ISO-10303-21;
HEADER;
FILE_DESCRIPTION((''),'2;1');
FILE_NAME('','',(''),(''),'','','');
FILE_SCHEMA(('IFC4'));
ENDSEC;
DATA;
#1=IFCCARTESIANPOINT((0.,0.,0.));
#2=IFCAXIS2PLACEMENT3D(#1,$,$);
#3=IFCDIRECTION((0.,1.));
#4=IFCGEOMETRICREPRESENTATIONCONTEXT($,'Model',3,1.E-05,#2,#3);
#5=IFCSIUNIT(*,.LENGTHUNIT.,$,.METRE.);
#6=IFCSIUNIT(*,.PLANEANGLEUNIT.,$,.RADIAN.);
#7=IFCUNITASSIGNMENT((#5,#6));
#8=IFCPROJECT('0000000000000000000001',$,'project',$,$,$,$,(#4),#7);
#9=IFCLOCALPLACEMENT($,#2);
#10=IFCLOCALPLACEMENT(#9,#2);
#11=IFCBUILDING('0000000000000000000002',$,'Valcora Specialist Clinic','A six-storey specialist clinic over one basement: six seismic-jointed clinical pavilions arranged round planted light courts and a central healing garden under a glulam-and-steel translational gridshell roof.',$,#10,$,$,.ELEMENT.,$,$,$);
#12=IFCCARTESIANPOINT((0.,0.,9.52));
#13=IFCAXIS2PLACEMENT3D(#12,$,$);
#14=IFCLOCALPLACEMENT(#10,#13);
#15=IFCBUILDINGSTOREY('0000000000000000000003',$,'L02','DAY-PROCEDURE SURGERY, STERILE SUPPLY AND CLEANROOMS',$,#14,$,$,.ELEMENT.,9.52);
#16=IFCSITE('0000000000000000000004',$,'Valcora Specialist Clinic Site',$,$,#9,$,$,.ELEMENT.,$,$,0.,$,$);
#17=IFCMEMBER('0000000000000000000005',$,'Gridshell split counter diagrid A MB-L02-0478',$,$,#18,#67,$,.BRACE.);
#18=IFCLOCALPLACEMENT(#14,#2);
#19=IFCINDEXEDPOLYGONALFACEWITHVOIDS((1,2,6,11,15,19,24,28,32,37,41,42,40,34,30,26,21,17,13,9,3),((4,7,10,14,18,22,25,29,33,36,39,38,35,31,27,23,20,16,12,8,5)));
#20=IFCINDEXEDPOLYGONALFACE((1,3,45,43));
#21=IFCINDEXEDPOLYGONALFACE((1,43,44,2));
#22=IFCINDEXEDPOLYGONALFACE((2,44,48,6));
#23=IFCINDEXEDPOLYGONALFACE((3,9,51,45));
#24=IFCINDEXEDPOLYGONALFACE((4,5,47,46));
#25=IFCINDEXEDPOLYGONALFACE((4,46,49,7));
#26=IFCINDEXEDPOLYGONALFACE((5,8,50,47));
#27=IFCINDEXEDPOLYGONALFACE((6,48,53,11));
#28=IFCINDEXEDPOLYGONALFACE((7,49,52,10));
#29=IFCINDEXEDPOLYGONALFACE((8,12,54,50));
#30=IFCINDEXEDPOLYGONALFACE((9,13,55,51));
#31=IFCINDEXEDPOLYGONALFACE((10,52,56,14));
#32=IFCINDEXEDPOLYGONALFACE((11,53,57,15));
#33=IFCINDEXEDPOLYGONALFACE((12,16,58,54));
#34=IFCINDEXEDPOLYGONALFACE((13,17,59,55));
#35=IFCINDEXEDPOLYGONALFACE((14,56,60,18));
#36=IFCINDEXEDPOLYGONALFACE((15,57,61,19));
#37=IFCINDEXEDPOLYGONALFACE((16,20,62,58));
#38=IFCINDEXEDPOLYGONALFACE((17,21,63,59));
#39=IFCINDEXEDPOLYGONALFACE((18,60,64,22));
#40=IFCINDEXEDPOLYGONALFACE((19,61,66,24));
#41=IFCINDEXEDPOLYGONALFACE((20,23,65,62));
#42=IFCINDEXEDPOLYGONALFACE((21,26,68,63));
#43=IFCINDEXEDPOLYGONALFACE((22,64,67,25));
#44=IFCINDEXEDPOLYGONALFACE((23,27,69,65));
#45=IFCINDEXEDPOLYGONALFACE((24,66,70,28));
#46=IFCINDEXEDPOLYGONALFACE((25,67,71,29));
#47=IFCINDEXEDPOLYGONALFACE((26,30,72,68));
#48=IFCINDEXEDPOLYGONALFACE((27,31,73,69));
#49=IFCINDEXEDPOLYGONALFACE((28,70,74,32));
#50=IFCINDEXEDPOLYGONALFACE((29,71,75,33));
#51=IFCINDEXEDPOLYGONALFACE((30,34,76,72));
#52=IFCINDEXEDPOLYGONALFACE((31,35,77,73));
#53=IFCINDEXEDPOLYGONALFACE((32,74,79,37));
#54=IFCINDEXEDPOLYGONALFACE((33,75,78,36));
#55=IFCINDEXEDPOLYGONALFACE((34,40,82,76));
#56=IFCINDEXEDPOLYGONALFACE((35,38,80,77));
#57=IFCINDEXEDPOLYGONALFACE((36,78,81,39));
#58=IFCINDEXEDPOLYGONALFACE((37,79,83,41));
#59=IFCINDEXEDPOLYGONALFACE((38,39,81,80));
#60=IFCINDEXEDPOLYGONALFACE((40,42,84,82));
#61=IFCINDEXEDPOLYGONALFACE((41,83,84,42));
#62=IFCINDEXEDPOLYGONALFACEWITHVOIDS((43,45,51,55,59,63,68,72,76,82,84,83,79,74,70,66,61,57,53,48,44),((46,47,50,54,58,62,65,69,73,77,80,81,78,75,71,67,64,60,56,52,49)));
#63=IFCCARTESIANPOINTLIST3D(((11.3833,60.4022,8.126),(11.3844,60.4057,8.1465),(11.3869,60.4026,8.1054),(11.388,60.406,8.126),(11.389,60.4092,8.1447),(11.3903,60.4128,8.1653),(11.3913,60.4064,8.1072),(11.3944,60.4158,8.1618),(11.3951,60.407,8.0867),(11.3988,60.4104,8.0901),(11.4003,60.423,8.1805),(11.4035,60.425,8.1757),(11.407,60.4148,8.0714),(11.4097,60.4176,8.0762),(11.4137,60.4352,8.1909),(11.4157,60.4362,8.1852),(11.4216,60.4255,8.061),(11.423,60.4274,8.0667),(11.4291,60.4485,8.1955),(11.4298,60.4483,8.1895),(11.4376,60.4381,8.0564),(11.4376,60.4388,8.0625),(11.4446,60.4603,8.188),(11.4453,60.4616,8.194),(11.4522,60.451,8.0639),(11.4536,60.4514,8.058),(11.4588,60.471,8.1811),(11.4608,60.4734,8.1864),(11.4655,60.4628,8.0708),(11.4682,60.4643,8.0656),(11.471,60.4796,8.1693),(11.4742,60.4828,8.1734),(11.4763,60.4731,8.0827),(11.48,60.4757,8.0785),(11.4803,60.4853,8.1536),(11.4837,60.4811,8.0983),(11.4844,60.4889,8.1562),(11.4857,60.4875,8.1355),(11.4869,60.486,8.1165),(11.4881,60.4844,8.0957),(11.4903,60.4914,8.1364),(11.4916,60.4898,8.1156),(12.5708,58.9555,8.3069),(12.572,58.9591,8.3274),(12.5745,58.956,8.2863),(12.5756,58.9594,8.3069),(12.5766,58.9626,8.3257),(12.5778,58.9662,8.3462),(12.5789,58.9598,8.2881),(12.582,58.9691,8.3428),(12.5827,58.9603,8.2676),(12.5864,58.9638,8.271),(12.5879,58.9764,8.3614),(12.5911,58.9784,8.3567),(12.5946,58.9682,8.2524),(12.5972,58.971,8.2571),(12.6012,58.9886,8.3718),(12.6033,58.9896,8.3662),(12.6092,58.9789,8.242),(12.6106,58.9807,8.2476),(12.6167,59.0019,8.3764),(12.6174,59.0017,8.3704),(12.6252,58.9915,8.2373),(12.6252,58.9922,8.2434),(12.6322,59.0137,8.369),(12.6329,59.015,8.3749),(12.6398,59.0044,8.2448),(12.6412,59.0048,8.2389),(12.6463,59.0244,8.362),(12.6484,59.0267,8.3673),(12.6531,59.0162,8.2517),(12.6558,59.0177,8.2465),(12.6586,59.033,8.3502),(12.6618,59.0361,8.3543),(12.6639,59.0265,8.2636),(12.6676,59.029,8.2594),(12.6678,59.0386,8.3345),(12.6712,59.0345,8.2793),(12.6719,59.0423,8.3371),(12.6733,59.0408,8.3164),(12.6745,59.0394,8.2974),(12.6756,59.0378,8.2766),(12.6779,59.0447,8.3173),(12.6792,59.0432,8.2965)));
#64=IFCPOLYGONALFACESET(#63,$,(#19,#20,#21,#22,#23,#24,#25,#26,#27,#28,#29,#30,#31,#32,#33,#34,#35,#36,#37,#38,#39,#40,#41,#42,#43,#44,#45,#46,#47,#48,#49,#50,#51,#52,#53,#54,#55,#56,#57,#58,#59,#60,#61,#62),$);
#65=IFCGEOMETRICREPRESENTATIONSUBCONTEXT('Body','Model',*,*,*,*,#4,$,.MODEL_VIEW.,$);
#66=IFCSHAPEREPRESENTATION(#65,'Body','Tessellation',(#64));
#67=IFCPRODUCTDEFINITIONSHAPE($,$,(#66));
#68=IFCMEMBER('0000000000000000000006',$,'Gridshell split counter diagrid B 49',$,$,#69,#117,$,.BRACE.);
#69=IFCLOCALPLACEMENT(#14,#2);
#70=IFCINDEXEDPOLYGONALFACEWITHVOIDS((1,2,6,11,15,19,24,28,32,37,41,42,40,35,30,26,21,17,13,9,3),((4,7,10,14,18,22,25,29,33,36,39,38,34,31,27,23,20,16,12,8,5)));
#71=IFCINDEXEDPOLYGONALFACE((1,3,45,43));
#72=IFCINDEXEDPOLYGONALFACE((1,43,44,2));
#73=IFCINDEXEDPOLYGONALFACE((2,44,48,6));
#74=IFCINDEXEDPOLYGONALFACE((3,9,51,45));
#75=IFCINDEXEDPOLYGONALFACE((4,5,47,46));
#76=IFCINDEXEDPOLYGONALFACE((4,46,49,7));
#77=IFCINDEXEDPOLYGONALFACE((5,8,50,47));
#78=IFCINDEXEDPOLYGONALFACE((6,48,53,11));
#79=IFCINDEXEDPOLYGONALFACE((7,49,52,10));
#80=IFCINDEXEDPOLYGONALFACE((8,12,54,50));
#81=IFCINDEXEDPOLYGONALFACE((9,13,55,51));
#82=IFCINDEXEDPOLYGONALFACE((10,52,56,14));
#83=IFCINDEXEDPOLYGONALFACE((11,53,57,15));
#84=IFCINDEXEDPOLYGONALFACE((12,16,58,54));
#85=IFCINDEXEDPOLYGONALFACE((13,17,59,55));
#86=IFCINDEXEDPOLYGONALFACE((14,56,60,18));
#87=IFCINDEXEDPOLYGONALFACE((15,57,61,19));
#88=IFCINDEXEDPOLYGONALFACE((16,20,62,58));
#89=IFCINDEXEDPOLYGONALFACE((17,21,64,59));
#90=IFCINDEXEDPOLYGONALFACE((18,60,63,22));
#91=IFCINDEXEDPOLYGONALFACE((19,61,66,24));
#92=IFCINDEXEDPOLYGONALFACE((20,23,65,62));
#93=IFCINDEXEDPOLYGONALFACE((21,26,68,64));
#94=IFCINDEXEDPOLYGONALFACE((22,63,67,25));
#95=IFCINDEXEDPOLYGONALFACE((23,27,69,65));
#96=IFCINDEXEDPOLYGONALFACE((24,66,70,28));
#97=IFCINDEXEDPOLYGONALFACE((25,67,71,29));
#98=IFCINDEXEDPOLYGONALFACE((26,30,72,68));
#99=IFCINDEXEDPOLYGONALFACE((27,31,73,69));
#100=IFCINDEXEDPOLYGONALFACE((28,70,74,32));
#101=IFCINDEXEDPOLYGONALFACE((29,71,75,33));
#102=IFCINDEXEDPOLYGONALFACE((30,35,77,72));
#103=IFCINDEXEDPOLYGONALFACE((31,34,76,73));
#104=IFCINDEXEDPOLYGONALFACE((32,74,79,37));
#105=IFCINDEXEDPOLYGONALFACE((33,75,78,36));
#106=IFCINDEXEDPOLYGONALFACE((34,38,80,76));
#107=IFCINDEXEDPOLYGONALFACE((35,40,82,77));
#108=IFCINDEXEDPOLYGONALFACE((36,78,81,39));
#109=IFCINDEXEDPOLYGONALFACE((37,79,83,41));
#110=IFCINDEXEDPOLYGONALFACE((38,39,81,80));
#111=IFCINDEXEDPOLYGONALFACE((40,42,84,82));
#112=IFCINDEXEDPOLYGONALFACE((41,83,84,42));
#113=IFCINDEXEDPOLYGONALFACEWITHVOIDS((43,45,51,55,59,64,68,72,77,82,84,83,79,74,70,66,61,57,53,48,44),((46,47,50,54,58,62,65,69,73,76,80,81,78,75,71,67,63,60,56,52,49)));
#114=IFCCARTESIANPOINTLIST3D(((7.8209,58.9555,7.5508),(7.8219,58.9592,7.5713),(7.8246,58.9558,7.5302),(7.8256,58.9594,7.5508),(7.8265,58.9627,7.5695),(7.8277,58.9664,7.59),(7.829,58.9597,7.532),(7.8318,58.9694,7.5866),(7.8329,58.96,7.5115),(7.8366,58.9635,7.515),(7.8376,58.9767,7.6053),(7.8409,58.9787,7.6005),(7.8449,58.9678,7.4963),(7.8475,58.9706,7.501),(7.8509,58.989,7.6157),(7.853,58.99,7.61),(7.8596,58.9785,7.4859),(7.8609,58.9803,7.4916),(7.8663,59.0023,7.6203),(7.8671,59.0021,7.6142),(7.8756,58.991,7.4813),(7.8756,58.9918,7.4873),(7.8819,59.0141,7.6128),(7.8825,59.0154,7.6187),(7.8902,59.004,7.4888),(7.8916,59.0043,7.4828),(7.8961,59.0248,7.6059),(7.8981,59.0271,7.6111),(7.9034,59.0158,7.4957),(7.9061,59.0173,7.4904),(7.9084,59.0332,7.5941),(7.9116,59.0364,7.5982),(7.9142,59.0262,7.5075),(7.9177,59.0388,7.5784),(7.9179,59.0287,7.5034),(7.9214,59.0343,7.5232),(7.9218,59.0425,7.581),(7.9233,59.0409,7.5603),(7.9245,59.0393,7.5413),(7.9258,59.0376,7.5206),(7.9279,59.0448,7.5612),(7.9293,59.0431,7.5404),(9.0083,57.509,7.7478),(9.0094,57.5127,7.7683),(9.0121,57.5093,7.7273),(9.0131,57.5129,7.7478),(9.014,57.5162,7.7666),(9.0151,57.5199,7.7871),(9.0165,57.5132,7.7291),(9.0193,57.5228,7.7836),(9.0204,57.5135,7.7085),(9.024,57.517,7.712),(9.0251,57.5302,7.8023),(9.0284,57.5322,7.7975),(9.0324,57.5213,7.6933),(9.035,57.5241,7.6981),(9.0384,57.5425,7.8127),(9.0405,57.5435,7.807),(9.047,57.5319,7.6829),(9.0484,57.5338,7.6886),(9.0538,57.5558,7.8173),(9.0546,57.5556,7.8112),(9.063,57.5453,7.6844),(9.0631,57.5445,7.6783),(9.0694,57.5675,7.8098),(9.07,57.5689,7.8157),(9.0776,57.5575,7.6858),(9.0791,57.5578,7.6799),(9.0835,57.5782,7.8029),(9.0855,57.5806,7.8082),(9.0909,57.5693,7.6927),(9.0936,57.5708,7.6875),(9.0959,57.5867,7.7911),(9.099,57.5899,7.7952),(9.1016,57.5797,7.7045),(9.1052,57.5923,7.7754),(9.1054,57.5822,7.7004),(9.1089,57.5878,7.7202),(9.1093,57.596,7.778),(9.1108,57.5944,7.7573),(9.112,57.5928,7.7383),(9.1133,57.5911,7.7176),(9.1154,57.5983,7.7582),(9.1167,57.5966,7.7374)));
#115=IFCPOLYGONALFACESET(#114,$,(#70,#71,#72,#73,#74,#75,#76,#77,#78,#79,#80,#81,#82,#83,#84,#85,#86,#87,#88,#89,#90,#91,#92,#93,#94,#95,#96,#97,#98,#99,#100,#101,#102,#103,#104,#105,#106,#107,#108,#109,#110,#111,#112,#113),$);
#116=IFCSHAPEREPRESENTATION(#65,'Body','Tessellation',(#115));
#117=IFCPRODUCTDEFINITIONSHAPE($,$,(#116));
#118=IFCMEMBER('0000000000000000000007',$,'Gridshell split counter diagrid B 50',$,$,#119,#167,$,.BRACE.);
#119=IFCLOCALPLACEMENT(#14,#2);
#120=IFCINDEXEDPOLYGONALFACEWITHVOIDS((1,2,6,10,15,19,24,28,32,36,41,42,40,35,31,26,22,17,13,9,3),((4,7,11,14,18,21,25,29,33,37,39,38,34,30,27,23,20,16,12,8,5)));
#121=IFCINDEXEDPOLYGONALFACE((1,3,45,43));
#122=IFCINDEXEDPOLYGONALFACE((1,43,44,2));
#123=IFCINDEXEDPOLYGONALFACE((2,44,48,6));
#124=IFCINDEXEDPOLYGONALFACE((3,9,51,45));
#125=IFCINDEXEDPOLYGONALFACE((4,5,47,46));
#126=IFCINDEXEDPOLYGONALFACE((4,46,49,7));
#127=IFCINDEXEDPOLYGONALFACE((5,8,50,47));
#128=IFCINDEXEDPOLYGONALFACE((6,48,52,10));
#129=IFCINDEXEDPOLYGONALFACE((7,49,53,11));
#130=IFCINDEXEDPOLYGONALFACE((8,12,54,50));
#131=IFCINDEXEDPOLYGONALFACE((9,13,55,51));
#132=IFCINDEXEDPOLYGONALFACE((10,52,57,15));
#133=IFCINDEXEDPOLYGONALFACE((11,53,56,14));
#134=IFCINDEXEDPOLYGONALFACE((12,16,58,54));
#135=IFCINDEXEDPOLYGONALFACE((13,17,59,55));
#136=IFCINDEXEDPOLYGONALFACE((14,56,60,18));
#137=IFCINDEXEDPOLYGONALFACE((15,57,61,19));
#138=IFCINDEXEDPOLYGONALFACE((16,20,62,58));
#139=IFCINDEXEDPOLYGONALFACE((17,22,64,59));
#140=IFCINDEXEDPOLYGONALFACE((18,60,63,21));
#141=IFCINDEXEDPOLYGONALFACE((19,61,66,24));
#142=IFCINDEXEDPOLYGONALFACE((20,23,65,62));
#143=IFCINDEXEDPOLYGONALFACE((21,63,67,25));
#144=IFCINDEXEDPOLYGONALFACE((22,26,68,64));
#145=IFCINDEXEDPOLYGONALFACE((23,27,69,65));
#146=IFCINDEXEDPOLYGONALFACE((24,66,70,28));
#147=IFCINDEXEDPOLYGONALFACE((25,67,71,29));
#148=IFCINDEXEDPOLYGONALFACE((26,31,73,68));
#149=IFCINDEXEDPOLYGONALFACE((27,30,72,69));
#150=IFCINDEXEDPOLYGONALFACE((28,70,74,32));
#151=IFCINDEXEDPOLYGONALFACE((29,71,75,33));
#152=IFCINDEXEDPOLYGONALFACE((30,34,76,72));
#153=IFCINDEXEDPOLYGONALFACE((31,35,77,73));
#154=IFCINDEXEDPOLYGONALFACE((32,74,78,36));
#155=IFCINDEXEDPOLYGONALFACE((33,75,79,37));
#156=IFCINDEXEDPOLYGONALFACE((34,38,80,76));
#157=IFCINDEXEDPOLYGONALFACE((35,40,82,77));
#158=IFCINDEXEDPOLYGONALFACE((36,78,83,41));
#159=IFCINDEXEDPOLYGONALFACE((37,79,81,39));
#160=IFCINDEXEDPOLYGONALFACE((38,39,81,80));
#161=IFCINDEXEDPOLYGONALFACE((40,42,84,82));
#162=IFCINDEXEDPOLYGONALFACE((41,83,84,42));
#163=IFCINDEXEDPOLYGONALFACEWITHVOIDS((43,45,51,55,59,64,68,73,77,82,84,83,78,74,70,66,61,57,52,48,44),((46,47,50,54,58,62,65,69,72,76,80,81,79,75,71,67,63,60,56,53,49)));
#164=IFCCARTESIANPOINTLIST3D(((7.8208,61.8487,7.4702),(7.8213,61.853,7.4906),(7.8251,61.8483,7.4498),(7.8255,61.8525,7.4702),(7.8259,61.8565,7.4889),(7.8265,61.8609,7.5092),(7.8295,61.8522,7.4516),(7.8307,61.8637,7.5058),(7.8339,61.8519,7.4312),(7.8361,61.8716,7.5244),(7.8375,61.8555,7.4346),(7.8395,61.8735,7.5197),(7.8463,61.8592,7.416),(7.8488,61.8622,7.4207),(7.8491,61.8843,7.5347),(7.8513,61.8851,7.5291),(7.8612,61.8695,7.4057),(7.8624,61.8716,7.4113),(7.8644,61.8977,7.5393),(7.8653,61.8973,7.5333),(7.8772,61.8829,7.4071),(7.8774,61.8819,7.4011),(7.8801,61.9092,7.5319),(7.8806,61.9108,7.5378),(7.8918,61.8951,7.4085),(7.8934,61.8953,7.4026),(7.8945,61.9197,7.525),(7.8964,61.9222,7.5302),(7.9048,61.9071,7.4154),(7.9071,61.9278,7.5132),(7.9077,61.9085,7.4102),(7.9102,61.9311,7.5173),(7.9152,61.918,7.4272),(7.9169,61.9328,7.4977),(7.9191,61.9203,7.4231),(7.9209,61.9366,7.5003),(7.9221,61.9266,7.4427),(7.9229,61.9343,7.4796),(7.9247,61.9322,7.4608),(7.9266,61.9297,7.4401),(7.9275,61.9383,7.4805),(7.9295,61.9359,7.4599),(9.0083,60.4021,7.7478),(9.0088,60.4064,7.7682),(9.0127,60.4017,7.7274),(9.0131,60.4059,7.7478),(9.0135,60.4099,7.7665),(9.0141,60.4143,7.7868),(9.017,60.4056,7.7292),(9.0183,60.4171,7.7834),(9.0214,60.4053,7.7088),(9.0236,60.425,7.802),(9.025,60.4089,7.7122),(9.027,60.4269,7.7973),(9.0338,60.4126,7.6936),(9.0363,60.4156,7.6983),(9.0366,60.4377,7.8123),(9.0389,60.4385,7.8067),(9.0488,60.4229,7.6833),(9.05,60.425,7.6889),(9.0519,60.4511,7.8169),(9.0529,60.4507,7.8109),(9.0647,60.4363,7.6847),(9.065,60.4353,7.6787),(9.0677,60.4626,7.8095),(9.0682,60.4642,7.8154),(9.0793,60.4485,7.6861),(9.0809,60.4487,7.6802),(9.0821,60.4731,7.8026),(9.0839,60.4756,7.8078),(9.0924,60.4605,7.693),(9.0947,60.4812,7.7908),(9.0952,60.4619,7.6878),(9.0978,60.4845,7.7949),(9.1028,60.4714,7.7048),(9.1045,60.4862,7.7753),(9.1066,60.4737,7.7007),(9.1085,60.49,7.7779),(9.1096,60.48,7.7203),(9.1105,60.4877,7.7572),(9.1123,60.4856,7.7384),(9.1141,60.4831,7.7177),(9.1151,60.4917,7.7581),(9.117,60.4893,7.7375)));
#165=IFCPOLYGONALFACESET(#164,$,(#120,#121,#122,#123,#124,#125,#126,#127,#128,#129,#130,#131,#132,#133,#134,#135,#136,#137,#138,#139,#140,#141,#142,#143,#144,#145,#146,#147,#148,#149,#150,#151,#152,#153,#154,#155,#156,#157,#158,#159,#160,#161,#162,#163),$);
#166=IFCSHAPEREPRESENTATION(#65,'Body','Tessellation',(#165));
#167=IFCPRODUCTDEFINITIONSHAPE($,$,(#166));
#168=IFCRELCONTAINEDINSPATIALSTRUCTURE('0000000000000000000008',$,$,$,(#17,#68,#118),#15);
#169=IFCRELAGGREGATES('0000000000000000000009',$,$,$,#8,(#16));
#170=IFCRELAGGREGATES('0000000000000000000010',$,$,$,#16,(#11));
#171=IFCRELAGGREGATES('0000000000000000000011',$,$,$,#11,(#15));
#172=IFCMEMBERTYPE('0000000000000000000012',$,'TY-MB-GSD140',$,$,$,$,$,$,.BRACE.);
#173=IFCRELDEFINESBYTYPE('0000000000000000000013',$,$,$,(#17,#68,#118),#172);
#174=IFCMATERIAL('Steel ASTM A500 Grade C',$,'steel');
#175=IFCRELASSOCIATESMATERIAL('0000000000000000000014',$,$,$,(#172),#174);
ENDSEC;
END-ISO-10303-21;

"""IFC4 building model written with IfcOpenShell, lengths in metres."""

from ifc_helpers import new_model, si_unit, direction, frame, origin, origin_2d, place, context, subcontext, project, spatial, hollow_circle, extrude, material, material_profile, profile_set, type_object, element, save


model = new_model("IFC4")

# Units and contexts
model_context = context("Model", 3, precision=1e-05, world=origin(), true_north=direction((0.0, 1.0)))
body_context = subcontext(model_context, "Body", "Model", "MODEL_VIEW")
ifc_project = project(units=[si_unit("LENGTHUNIT", "METRE"), si_unit("PLANEANGLEUNIT", "RADIAN")], contexts=[model_context])

# Site, building, storey
site_placement = place(None, origin())
site = spatial("IfcSite", under=ifc_project, at=site_placement, Name="Valcora Specialist Clinic Site", CompositionType="ELEMENT", RefElevation=0.0)
building_placement = place(site_placement, origin())
building = spatial("IfcBuilding", under=site, at=building_placement, Name="Valcora Specialist Clinic", Description="A six-storey specialist clinic over one basement: six seismic-jointed clinical pavilions arranged round planted light courts and a central healing garden under a glulam-and-steel translational gridshell roof.", CompositionType="ELEMENT")
storey_placement = place(building_placement, frame((0.0, 0.0, 9.52)))
storey = spatial("IfcBuildingStorey", under=building, at=storey_placement, Name="L02", Description="DAY-PROCEDURE SURGERY, STERILE SUPPLY AND CLEANROOMS", CompositionType="ELEMENT", Elevation=9.52)

# Members
ifc_material_1 = material(Name="Steel ASTM A500 Grade C", Category="steel")
ifc_material_profile_1 = material_profile(ifc_material_1, hollow_circle(Radius=0.0701, WallThickness=0.0061, at=origin_2d()), Name="ST-CHS-140X6")
ifc_profile_set_1 = profile_set([ifc_material_profile_1], Name="Steel ASTM A500 Grade C")
member_type_1 = type_object("IfcMemberType", Name="TY-MB-GSD140", PredefinedType="BRACE", material=ifc_profile_set_1)
member_1_placement = place(storey_placement, frame((12.625, 59.0, 8.3069), z_axis=(-0.631565, 0.76933, -0.096215), x_axis=(-0.772916, -0.634508, 0.0)))
element("IfcMember", 1, at=member_1_placement, inside=storey, type_object=member_type_1, Name="Gridshell split counter diagrid A MB-L02-0478", PredefinedType="BRACE", context=body_context, shape_type="SweptSolid", body=[
    extrude(hollow_circle(Radius=0.0701, WallThickness=0.0061, at=origin_2d()), origin(), (0.0, 0.0, 1.0), 1.8804),
])
member_2_placement = place(storey_placement, frame((9.0625, 57.5535, 7.7478), z_axis=(-0.631022, 0.768668, -0.104695), x_axis=(-0.772916, -0.634508, 0.0)))
element("IfcMember", 2, at=member_2_placement, inside=storey, type_object=member_type_1, Name="Gridshell split counter diagrid B 49", PredefinedType="BRACE", context=body_context, shape_type="SweptSolid", body=[
    extrude(hollow_circle(Radius=0.0701, WallThickness=0.0061, at=origin_2d()), origin(), (0.0, 0.0, 1.0), 1.8818),
])
member_3_placement = place(storey_placement, frame((9.0625, 60.4465, 7.7478), z_axis=(-0.627642, 0.764552, -0.146717), x_axis=(-0.772916, -0.634508, 0.0)))
element("IfcMember", 3, at=member_3_placement, inside=storey, type_object=member_type_1, Name="Gridshell split counter diagrid B 50", PredefinedType="BRACE", context=body_context, shape_type="SweptSolid", body=[
    extrude(hollow_circle(Radius=0.0701, WallThickness=0.0061, at=origin_2d()), origin(), (0.0, 0.0, 1.0), 1.8921),
])

save(model, "model.ifc")
